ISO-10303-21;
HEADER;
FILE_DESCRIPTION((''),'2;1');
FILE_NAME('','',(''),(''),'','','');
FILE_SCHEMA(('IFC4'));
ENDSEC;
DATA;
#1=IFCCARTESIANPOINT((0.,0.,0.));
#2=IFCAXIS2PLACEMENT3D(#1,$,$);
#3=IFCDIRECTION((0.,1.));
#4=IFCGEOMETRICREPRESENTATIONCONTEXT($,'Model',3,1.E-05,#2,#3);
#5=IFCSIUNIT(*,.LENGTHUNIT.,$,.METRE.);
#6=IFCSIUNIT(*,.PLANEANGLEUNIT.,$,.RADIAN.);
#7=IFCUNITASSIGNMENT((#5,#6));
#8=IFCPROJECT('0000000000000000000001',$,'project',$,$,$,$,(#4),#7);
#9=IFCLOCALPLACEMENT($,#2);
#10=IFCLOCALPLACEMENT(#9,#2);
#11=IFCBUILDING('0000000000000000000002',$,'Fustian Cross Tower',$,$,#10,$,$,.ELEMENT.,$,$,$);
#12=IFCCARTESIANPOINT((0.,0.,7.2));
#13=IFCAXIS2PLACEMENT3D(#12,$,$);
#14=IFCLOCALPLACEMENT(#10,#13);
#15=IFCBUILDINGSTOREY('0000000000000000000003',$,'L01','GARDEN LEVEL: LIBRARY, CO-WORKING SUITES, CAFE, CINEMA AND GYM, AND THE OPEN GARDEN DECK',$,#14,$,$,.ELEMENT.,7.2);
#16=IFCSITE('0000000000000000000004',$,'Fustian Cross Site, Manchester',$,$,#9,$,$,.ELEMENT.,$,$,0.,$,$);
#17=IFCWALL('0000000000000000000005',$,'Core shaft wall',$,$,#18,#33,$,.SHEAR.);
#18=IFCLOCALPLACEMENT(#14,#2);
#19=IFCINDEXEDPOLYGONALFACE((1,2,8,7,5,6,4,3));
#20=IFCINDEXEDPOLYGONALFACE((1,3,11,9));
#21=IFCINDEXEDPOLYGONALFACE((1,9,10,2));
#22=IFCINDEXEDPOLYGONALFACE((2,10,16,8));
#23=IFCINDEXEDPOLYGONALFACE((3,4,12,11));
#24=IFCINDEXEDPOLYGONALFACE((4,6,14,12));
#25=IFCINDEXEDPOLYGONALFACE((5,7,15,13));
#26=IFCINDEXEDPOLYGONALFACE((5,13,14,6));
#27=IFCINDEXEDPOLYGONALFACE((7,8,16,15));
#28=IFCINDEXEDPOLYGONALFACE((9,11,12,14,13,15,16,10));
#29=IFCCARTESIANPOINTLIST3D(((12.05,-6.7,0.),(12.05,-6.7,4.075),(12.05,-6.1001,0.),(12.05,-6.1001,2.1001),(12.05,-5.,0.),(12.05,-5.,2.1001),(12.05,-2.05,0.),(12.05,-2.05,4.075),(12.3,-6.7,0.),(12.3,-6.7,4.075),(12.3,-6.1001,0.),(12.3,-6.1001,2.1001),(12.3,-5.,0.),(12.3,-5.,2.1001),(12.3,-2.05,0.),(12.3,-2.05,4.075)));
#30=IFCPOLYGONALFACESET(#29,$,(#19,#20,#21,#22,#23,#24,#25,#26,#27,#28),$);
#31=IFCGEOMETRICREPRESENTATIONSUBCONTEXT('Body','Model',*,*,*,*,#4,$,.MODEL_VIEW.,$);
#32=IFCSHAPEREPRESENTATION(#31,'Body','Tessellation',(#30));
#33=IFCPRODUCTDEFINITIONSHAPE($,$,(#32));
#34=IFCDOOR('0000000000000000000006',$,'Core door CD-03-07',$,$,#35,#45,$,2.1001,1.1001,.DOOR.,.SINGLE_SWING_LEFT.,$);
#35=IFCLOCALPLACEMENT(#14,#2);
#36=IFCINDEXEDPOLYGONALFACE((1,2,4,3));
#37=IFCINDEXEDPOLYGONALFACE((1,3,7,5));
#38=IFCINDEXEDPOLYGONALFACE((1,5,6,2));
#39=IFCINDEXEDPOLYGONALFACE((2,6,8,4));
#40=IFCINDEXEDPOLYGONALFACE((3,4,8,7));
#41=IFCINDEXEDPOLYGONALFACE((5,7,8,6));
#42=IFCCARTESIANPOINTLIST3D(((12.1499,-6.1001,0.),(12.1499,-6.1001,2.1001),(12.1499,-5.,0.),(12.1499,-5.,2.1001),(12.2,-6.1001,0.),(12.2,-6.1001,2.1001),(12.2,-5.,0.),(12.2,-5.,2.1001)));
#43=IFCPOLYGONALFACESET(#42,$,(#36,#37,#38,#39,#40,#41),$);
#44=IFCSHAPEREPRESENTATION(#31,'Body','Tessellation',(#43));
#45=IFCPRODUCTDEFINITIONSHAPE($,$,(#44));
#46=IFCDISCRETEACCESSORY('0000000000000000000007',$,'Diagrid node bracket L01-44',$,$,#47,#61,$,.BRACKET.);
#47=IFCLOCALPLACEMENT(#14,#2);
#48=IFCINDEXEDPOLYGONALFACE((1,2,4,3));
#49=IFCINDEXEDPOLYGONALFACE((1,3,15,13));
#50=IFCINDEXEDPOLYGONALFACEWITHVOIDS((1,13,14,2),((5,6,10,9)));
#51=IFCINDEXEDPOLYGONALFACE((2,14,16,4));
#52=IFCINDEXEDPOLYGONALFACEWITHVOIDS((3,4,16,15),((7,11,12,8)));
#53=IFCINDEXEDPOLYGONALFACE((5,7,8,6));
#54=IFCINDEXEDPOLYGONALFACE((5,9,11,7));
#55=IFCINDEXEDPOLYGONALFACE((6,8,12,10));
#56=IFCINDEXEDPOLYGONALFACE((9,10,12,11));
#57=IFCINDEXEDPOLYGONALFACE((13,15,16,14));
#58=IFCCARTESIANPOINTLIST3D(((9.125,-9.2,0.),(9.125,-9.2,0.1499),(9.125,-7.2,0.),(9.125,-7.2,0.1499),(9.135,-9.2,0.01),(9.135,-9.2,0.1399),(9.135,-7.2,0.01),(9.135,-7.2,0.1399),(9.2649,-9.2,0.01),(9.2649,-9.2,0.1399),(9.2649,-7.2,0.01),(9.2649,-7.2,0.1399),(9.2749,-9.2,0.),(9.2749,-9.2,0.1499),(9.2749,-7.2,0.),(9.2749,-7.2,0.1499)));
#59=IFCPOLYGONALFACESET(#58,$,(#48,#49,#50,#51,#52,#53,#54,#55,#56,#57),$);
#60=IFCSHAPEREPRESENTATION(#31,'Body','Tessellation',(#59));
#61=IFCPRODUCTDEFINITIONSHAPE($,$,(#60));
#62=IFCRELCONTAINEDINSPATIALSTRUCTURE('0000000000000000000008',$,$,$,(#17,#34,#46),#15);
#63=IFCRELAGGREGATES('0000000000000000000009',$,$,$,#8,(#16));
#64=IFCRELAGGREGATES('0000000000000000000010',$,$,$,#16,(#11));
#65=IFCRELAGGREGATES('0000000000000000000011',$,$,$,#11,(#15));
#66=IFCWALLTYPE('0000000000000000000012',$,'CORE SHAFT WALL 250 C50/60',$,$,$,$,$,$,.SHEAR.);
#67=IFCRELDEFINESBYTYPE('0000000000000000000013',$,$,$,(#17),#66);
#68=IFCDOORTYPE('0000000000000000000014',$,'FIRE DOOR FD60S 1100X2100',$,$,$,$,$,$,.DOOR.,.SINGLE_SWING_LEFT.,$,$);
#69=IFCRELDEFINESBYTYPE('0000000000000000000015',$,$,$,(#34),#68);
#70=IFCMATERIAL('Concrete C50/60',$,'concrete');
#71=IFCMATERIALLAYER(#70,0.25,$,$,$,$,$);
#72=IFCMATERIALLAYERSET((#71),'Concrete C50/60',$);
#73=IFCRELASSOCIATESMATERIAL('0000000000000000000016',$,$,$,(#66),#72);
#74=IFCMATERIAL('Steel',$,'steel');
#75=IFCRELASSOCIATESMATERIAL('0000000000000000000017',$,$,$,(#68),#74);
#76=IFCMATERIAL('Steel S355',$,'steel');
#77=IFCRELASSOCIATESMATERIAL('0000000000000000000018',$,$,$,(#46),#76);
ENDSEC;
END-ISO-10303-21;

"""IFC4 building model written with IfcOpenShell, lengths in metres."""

from ifc_helpers import new_model, si_unit, direction, frame, frame_2d, origin, origin_2d, place, context, subcontext, project, spatial, rectangle, hollow_rectangle, extrude, material, layer, layer_set, type_object, element, fill, save


model = new_model("IFC4")

# Units and contexts
model_context = context("Model", 3, precision=1e-05, world=origin(), true_north=direction((0.0, 1.0)))
body_context = subcontext(model_context, "Body", "Model", "MODEL_VIEW")
ifc_project = project(units=[si_unit("LENGTHUNIT", "METRE"), si_unit("PLANEANGLEUNIT", "RADIAN")], contexts=[model_context])

# Site, building, storey
site_placement = place(None, origin())
site = spatial("IfcSite", under=ifc_project, at=site_placement, Name="Fustian Cross Site, Manchester", CompositionType="ELEMENT", RefElevation=0.0)
building_placement = place(site_placement, origin())
building = spatial("IfcBuilding", under=site, at=building_placement, Name="Fustian Cross Tower", CompositionType="ELEMENT")
storey_placement = place(building_placement, frame((0.0, 0.0, 7.2)))
storey = spatial("IfcBuildingStorey", under=building, at=storey_placement, Name="L01", Description="GARDEN LEVEL: LIBRARY, CO-WORKING SUITES, CAFE, CINEMA AND GYM, AND THE OPEN GARDEN DECK", CompositionType="ELEMENT", Elevation=7.2)

# Shared definitions
ifc_material_1 = material(Name="Concrete C50/60", Category="concrete")
ifc_layer_1 = layer(ifc_material_1, 0.25)
ifc_layer_set_1 = layer_set([ifc_layer_1], Name="Concrete C50/60")
wall_type_1 = type_object("IfcWallType", Name="CORE SHAFT WALL 250 C50/60", PredefinedType="SHEAR", material=ifc_layer_set_1)

# Wall, opening, door
wall_1_placement = place(storey_placement, frame((12.175, -2.05, 0.0), z_axis=(0.0, 0.0, 1.0), x_axis=(0.0, -1.0, 0.0)))
wall_1 = element("IfcWall", 1, at=wall_1_placement, inside=storey, type_object=wall_type_1, Name="Core shaft wall", PredefinedType="SHEAR", context=body_context, shape_type="SweptSolid", body=[
    extrude(rectangle(XDim=4.6499, YDim=0.25, at=frame_2d((2.325, 0.0))), origin(), (0.0, 0.0, 1.0), 4.075),
])
opening_1_placement = place(wall_1_placement, frame((2.95, 0.0, 0.0)))
opening_1 = element("IfcOpeningElement", 2, at=opening_1_placement, cuts=wall_1, PredefinedType="OPENING", context=body_context, shape_type="SweptSolid", body=[
    extrude(rectangle(XDim=1.1001, YDim=2.1001, at=frame_2d((0.55, 1.05))), frame((0.0, 0.135, 0.0), z_axis=(0.0, -1.0, 0.0), x_axis=(1.0, 0.0, 0.0)), (0.0, 0.0, 1.0), 0.27),
])
ifc_material_2 = material(Name="Steel", Category="steel")
door_type_1 = type_object("IfcDoorType", Name="FIRE DOOR FD60S 1100X2100", OperationType="SINGLE_SWING_LEFT", PredefinedType="DOOR", material=ifc_material_2)
door_1_placement = place(opening_1_placement, origin())
door_1 = element("IfcDoor", 3, at=door_1_placement, inside=storey, type_object=door_type_1, Name="Core door CD-03-07", OperationType="SINGLE_SWING_LEFT", OverallHeight=2.1001, OverallWidth=1.1001, PredefinedType="DOOR", context=body_context, shape_type="SweptSolid", body=[
    extrude(rectangle(XDim=1.1001, YDim=2.1001, at=frame_2d((0.55, 1.05))), frame((0.0, 0.0249, 0.0), z_axis=(0.0, -1.0, 0.0), x_axis=(1.0, 0.0, 0.0)), (0.0, 0.0, 1.0), 0.05),
])
fill(opening_1, door_1)

# Discrete accessory
ifc_material_3 = material(Name="Steel S355", Category="steel")
discrete_accessory_placement = place(storey_placement, frame((9.2, -9.2, 0.075), z_axis=(0.0, 1.0, 0.0), x_axis=(-1.0, 0.0, 0.0)))
element("IfcDiscreteAccessory", 4, at=discrete_accessory_placement, inside=storey, material=ifc_material_3, Name="Diagrid node bracket L01-44", PredefinedType="BRACKET", context=body_context, shape_type="SweptSolid", body=[
    extrude(hollow_rectangle(XDim=0.1499, YDim=0.1499, WallThickness=0.01, at=origin_2d()), origin(), (0.0, 0.0, 1.0), 2.0),
])

save(model, "model.ifc")
